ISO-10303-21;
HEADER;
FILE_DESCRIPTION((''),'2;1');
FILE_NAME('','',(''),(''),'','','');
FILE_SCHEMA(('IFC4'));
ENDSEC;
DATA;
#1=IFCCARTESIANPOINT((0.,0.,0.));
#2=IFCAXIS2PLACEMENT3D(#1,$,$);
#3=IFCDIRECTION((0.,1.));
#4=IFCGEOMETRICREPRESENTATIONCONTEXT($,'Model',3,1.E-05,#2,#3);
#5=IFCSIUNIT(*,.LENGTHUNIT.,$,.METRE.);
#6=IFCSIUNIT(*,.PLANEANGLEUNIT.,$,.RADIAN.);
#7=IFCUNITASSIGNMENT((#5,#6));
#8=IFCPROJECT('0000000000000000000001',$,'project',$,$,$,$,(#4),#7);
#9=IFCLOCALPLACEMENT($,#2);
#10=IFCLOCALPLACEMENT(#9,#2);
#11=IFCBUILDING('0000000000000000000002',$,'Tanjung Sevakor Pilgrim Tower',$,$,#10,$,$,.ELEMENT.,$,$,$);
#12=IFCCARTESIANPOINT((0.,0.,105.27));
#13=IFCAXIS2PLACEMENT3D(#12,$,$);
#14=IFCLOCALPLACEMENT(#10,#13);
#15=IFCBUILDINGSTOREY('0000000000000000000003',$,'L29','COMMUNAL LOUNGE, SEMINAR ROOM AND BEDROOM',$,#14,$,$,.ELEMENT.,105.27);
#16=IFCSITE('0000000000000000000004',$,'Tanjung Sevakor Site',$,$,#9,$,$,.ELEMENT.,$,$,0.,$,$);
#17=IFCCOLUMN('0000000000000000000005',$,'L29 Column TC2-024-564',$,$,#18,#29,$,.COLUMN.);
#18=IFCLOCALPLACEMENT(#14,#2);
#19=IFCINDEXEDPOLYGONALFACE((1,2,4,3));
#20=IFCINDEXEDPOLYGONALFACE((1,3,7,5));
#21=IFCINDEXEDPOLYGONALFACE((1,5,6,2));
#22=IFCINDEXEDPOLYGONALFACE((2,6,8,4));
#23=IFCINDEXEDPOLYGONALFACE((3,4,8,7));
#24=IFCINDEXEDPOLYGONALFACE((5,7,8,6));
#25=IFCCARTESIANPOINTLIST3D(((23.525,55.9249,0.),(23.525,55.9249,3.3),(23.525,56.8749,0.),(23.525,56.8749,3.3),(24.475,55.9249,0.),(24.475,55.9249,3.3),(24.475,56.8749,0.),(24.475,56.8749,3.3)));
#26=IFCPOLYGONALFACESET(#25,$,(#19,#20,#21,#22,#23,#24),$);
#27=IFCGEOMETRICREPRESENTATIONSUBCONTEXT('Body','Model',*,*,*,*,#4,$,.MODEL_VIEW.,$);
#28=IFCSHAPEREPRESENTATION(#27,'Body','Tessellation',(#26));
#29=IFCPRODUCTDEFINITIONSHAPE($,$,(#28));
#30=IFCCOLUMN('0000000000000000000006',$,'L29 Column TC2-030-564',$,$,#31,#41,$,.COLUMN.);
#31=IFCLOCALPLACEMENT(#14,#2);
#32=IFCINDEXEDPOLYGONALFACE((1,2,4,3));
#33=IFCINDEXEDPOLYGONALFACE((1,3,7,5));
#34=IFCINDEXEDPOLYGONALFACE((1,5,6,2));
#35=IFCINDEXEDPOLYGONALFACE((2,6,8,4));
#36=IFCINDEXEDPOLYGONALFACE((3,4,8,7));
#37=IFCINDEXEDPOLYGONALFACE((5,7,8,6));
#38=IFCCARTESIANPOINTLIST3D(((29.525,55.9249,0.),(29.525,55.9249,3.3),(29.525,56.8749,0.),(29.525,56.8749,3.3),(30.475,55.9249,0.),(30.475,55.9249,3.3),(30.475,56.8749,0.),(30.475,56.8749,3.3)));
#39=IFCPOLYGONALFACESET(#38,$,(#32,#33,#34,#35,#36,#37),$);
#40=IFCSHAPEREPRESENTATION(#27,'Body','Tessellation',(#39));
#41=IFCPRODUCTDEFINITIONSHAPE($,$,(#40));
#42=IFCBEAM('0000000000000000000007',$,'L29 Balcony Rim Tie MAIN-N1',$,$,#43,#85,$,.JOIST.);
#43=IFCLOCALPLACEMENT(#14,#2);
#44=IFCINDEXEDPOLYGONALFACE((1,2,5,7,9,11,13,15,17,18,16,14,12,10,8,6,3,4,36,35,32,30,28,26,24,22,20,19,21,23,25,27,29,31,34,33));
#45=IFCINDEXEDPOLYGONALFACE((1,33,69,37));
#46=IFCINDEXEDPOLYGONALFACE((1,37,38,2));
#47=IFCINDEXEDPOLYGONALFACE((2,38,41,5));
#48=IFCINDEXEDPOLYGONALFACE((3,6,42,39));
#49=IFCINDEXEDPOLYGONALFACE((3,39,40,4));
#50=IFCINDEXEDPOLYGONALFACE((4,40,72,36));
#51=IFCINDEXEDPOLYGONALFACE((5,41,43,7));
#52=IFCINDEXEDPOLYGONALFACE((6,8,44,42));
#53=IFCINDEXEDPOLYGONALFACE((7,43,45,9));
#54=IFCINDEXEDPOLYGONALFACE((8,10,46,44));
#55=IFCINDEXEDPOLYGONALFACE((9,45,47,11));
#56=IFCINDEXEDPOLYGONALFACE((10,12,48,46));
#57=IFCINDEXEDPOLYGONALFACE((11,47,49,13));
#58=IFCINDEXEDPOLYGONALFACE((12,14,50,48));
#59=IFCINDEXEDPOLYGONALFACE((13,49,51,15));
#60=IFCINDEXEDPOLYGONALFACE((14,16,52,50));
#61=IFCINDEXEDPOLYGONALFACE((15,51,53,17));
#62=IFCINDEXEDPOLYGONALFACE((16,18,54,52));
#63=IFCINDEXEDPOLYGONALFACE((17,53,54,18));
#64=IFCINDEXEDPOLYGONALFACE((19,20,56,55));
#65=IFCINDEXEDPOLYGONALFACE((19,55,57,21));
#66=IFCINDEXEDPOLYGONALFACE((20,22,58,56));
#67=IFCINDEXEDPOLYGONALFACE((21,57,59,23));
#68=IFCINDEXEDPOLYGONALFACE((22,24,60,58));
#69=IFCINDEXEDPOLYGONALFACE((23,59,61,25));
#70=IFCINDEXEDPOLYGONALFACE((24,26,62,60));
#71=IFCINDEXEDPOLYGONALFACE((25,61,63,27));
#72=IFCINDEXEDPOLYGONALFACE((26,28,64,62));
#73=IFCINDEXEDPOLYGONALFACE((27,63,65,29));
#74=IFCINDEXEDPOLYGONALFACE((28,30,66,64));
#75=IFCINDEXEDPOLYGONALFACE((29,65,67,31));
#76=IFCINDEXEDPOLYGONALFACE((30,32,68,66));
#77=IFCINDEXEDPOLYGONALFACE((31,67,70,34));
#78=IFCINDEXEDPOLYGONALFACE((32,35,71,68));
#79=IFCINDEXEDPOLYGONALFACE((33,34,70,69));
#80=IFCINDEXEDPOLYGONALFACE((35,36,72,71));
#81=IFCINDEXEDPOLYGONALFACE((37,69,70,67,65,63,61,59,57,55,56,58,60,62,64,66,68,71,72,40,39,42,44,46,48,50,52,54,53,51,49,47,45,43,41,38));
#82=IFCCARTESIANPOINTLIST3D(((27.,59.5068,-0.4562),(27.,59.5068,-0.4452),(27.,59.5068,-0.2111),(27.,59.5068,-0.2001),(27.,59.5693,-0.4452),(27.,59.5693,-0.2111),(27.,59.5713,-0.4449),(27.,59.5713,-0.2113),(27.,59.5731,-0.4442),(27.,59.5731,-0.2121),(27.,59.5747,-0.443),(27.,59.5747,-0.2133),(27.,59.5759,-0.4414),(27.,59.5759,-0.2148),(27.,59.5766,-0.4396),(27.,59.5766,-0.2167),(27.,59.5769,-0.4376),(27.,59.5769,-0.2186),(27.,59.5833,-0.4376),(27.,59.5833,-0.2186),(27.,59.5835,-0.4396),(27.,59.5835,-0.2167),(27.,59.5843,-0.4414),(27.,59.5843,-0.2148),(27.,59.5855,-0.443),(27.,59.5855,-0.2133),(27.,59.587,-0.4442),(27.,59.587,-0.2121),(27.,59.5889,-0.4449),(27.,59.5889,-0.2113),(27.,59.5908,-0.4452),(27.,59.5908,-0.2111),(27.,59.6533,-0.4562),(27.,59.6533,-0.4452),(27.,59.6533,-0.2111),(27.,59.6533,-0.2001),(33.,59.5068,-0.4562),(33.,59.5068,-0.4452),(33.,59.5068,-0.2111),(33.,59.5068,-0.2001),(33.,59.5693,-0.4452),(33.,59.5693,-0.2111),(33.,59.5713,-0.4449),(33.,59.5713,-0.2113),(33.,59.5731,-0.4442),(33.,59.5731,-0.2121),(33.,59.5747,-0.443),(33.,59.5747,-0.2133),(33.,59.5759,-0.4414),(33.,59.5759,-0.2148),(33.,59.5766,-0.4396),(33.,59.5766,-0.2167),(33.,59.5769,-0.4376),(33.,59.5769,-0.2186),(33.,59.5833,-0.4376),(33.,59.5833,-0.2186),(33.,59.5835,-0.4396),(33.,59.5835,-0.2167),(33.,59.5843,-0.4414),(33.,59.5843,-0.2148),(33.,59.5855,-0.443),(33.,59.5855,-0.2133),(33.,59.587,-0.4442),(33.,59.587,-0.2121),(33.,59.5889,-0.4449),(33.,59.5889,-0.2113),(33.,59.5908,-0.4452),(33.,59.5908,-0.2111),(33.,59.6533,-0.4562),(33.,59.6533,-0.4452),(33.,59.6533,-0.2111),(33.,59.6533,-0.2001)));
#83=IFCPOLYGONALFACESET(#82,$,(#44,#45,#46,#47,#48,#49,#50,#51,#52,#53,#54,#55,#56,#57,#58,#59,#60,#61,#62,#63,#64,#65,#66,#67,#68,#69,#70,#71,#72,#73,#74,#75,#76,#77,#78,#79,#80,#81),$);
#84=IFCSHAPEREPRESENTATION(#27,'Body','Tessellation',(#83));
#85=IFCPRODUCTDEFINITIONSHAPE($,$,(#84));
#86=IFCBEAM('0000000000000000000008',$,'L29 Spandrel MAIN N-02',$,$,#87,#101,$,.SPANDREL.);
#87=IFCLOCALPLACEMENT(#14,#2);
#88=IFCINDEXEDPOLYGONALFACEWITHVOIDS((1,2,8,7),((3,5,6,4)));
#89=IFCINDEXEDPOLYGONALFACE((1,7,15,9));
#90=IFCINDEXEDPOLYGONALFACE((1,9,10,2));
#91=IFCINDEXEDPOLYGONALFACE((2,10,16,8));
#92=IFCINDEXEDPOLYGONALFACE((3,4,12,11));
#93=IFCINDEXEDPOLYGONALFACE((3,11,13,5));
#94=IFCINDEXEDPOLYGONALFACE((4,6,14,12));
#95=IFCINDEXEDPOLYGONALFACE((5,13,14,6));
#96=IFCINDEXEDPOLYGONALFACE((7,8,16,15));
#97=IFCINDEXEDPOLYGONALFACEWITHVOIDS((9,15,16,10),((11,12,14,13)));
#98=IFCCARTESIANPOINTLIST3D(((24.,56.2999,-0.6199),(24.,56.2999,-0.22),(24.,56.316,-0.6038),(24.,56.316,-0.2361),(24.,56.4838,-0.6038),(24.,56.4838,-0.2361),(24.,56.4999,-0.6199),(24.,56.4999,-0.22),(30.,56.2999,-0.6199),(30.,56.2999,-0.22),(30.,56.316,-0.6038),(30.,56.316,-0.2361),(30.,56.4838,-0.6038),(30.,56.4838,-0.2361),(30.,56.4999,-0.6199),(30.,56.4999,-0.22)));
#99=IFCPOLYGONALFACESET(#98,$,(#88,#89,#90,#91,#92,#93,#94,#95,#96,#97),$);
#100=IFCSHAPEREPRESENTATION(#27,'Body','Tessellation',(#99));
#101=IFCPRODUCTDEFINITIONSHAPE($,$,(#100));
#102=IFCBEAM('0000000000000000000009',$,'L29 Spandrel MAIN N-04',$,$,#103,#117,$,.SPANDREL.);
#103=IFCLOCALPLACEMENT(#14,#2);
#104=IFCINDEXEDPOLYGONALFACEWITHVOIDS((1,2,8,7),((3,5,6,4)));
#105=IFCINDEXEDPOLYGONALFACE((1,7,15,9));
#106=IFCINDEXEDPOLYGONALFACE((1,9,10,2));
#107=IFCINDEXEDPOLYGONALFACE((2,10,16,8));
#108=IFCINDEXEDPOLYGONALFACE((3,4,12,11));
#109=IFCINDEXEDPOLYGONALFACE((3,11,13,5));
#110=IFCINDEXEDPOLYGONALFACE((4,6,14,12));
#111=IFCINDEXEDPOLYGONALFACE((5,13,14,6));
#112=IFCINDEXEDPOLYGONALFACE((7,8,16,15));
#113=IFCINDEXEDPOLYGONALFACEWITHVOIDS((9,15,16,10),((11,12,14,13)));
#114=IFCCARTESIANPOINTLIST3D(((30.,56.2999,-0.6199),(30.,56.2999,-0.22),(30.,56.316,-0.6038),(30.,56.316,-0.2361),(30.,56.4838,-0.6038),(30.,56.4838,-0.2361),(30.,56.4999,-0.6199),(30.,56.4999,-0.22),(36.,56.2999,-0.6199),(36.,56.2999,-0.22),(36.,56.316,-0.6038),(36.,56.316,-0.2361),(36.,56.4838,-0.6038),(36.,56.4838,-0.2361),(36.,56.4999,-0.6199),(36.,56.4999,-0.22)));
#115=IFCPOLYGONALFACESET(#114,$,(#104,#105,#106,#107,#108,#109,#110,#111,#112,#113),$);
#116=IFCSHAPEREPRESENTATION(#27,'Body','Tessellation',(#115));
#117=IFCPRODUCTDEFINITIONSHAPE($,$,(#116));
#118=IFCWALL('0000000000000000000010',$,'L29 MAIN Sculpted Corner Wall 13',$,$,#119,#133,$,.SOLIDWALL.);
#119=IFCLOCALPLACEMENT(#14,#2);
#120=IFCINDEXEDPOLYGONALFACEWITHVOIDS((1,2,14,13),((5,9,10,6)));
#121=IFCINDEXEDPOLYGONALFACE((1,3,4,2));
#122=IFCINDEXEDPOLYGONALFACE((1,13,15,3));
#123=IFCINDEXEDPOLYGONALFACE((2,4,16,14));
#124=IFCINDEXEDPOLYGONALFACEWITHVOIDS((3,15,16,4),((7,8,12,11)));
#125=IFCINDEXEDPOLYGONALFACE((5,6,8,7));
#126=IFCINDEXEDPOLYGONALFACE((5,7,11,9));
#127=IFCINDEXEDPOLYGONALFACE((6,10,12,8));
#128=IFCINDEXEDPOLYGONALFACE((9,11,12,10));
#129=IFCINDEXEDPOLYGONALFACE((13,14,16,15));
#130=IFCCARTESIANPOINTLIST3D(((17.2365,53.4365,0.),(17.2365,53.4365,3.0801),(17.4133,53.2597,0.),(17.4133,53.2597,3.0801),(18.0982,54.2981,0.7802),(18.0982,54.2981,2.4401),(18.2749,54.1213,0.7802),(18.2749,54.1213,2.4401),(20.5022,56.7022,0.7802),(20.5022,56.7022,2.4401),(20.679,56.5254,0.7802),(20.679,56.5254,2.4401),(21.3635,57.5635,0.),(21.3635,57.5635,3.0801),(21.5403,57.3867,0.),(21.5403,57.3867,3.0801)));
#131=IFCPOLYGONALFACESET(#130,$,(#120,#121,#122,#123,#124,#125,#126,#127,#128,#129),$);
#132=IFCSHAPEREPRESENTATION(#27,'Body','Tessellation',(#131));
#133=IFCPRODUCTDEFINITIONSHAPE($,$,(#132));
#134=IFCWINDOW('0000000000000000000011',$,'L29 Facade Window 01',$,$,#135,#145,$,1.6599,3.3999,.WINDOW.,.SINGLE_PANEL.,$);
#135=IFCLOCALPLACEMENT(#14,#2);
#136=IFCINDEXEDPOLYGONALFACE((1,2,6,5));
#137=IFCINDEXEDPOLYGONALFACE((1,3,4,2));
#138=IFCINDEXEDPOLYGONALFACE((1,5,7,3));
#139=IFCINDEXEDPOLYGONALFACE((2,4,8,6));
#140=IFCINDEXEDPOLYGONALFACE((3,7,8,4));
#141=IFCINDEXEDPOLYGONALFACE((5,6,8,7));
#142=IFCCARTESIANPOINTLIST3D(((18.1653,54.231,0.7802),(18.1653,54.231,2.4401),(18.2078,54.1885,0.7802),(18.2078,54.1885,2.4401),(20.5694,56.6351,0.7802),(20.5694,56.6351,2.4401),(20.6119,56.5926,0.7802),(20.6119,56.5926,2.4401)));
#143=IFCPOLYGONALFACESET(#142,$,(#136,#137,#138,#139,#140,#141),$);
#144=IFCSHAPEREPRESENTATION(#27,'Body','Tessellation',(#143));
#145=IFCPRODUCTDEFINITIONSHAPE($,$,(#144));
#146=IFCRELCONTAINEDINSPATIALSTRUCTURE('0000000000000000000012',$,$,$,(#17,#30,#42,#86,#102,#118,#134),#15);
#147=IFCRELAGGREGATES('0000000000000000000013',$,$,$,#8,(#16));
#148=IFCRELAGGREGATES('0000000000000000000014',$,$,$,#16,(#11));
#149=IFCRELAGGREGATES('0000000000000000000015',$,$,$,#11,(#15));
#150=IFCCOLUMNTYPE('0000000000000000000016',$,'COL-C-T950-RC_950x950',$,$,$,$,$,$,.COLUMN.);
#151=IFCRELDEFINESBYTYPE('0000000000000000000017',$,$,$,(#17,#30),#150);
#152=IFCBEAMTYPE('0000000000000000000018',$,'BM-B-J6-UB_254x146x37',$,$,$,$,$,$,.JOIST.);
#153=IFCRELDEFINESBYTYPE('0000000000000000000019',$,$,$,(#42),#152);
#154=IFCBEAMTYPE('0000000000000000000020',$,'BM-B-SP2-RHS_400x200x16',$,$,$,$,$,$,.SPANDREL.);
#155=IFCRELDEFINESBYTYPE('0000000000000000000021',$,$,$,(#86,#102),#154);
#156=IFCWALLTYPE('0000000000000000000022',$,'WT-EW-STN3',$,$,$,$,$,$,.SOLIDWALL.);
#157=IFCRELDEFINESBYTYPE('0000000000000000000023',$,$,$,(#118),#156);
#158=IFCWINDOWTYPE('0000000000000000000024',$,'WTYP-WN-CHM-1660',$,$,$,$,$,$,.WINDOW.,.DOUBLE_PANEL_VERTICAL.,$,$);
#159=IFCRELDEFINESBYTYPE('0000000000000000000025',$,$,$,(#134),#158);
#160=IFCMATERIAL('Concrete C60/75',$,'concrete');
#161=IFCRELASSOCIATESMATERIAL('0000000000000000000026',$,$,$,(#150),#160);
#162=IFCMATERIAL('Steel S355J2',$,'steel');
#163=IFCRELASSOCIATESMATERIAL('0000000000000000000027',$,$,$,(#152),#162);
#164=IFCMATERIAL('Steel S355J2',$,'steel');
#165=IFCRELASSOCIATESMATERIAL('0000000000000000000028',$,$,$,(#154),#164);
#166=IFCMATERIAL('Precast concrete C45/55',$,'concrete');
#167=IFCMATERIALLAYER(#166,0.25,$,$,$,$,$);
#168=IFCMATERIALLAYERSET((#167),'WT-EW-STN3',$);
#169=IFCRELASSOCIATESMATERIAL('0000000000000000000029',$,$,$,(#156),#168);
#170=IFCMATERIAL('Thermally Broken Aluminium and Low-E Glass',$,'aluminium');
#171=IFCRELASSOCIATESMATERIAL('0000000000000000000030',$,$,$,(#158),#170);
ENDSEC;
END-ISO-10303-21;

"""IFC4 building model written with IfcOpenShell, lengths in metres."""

from ifc_helpers import new_model, si_unit, direction, frame, frame_2d, origin, origin_2d, place, context, subcontext, project, spatial, rectangle, hollow_rectangle, i_section, extrude, material, layer, layer_set, material_profile, profile_set, type_object, element, fill, save


model = new_model("IFC4")

# Units and contexts
model_context = context("Model", 3, precision=1e-05, world=origin(), true_north=direction((0.0, 1.0)))
body_context = subcontext(model_context, "Body", "Model", "MODEL_VIEW")
ifc_project = project(units=[si_unit("LENGTHUNIT", "METRE"), si_unit("PLANEANGLEUNIT", "RADIAN")], contexts=[model_context])

# Site, building, storey
site_placement = place(None, origin())
site = spatial("IfcSite", under=ifc_project, at=site_placement, Name="Tanjung Sevakor Site", CompositionType="ELEMENT", RefElevation=0.0)
building_placement = place(site_placement, origin())
building = spatial("IfcBuilding", under=site, at=building_placement, Name="Tanjung Sevakor Pilgrim Tower", CompositionType="ELEMENT")
storey_placement = place(building_placement, frame((0.0, 0.0, 105.27)))
storey = spatial("IfcBuildingStorey", under=building, at=storey_placement, Name="L29", Description="COMMUNAL LOUNGE, SEMINAR ROOM AND BEDROOM", CompositionType="ELEMENT", Elevation=105.27)

# Columns
ifc_material_1 = material(Name="Concrete C60/75", Category="concrete")
ifc_material_profile_1 = material_profile(ifc_material_1, rectangle(XDim=0.95, YDim=0.95, at=origin_2d()))
ifc_profile_set_1 = profile_set([ifc_material_profile_1], Name="Concrete C60/75")
column_type = type_object("IfcColumnType", Name="COL-C-T950-RC_950x950", PredefinedType="COLUMN", material=ifc_profile_set_1)
for number, where, z_axis, x_axis, name in (
    (1, (24.0, 56.3999, 0.0), (0.0, 0.0, 1.0), (1.0, 0.0, 0.0), "L29 Column TC2-024-564"),
    (2, (30.0, 56.3999, 0.0), (0.0, 0.0, 1.0), (1.0, 0.0, 0.0), "L29 Column TC2-030-564"),
):
    element("IfcColumn", number, at=place(storey_placement, frame(where, z_axis=z_axis, x_axis=x_axis)), inside=storey, type_object=column_type, Name=name, PredefinedType="COLUMN", context=body_context, shape_type="SweptSolid", body=[
        extrude(rectangle(XDim=0.95, YDim=0.95, at=origin_2d()), origin(), (0.0, 0.0, 1.0), 3.3),
    ])

# Beams
ifc_material_2 = material(Name="Steel S355J2", Category="steel")
ifc_material_profile_2 = material_profile(ifc_material_2, i_section(OverallWidth=0.1465, OverallDepth=0.2561, WebThickness=0.0063, FlangeThickness=0.011, FilletRadius=0.0076, at=origin_2d()))
ifc_profile_set_2 = profile_set([ifc_material_profile_2], Name="Steel S355J2")
beam_type_1 = type_object("IfcBeamType", Name="BM-B-J6-UB_254x146x37", PredefinedType="JOIST", material=ifc_profile_set_2)
beam_placement = place(storey_placement, frame((27.0, 59.5801, -0.3281), z_axis=(1.0, 0.0, 0.0), x_axis=(0.0, 1.0, 0.0)))
element("IfcBeam", 3, at=beam_placement, inside=storey, type_object=beam_type_1, Name="L29 Balcony Rim Tie MAIN-N1", PredefinedType="JOIST", context=body_context, shape_type="SweptSolid", body=[
    extrude(i_section(OverallWidth=0.1465, OverallDepth=0.2561, WebThickness=0.0063, FlangeThickness=0.011, FilletRadius=0.0076, at=origin_2d()), origin(), (0.0, 0.0, 1.0), 6.0),
])
ifc_material_3 = material(Name="Steel S355J2", Category="steel")
ifc_material_profile_3 = material_profile(ifc_material_3, hollow_rectangle(XDim=0.2, YDim=0.3999, WallThickness=0.0161, at=origin_2d()))
ifc_profile_set_3 = profile_set([ifc_material_profile_3], Name="Steel S355J2")
beam_type_2 = type_object("IfcBeamType", Name="BM-B-SP2-RHS_400x200x16", PredefinedType="SPANDREL", material=ifc_profile_set_3)
for number, where, z_axis, x_axis, name in (
    (4, (24.0, 56.3999, -0.4199), (1.0, 0.0, 0.0), (0.0, 1.0, 0.0), "L29 Spandrel MAIN N-02"),
    (5, (30.0, 56.3999, -0.4199), (1.0, 0.0, 0.0), (0.0, 1.0, 0.0), "L29 Spandrel MAIN N-04"),
):
    element("IfcBeam", number, at=place(storey_placement, frame(where, z_axis=z_axis, x_axis=x_axis)), inside=storey, type_object=beam_type_2, Name=name, PredefinedType="SPANDREL", context=body_context, shape_type="SweptSolid", body=[
        extrude(hollow_rectangle(XDim=0.2, YDim=0.3999, WallThickness=0.0161, at=origin_2d()), origin(), (0.0, 0.0, 1.0), 6.0),
    ])

# Wall, opening, window
ifc_material_4 = material(Name="Precast concrete C45/55", Category="concrete")
ifc_layer_1 = layer(ifc_material_4, 0.25)
ifc_layer_set_1 = layer_set([ifc_layer_1], Name="WT-EW-STN3")
wall_type_1 = type_object("IfcWallType", Name="WT-EW-STN3", PredefinedType="SOLIDWALL", material=ifc_layer_set_1)
wall_1_placement = place(storey_placement, frame((21.4519, 57.4751, 0.0), z_axis=(0.0, 0.0, 1.0), x_axis=(-0.707107, -0.707107, 0.0)))
wall_1 = element("IfcWall", 6, at=wall_1_placement, inside=storey, type_object=wall_type_1, Name="L29 MAIN Sculpted Corner Wall 13", PredefinedType="SOLIDWALL", context=body_context, shape_type="SweptSolid", body=[
    extrude(rectangle(XDim=5.8364, YDim=0.25, at=frame_2d((2.9182, 0.0))), origin(), (0.0, 0.0, 1.0), 3.0801),
])
opening_1_placement = place(wall_1_placement, frame((1.218, 0.0, 0.78)))
opening_1 = element("IfcOpeningElement", 7, at=opening_1_placement, cuts=wall_1, PredefinedType="OPENING", context=body_context, shape_type="SweptSolid", body=[
    extrude(rectangle(XDim=3.3999, YDim=1.6599, at=frame_2d((1.7, 0.8301))), frame((0.0, 0.135, 0.0), z_axis=(0.0, -1.0, 0.0), x_axis=(1.0, 0.0, 0.0)), (0.0, 0.0, 1.0), 0.27),
])
ifc_material_5 = material(Name="Thermally Broken Aluminium and Low-E Glass", Category="aluminium")
window_type_1 = type_object("IfcWindowType", Name="WTYP-WN-CHM-1660", PartitioningType="DOUBLE_PANEL_VERTICAL", PredefinedType="WINDOW", material=ifc_material_5)
window_1_placement = place(opening_1_placement, origin())
window_1 = element("IfcWindow", 8, at=window_1_placement, inside=storey, type_object=window_type_1, Name="L29 Facade Window 01", OverallHeight=1.6599, OverallWidth=3.3999, PartitioningType="SINGLE_PANEL", PredefinedType="WINDOW", context=body_context, shape_type="SweptSolid", body=[
    extrude(rectangle(XDim=3.3999, YDim=1.6599, at=frame_2d((1.7, 0.8301))), frame((0.0, 0.03, 0.0), z_axis=(0.0, -1.0, 0.0), x_axis=(1.0, 0.0, 0.0)), (0.0, 0.0, 1.0), 0.0601),
])
fill(opening_1, window_1)

save(model, "model.ifc")
